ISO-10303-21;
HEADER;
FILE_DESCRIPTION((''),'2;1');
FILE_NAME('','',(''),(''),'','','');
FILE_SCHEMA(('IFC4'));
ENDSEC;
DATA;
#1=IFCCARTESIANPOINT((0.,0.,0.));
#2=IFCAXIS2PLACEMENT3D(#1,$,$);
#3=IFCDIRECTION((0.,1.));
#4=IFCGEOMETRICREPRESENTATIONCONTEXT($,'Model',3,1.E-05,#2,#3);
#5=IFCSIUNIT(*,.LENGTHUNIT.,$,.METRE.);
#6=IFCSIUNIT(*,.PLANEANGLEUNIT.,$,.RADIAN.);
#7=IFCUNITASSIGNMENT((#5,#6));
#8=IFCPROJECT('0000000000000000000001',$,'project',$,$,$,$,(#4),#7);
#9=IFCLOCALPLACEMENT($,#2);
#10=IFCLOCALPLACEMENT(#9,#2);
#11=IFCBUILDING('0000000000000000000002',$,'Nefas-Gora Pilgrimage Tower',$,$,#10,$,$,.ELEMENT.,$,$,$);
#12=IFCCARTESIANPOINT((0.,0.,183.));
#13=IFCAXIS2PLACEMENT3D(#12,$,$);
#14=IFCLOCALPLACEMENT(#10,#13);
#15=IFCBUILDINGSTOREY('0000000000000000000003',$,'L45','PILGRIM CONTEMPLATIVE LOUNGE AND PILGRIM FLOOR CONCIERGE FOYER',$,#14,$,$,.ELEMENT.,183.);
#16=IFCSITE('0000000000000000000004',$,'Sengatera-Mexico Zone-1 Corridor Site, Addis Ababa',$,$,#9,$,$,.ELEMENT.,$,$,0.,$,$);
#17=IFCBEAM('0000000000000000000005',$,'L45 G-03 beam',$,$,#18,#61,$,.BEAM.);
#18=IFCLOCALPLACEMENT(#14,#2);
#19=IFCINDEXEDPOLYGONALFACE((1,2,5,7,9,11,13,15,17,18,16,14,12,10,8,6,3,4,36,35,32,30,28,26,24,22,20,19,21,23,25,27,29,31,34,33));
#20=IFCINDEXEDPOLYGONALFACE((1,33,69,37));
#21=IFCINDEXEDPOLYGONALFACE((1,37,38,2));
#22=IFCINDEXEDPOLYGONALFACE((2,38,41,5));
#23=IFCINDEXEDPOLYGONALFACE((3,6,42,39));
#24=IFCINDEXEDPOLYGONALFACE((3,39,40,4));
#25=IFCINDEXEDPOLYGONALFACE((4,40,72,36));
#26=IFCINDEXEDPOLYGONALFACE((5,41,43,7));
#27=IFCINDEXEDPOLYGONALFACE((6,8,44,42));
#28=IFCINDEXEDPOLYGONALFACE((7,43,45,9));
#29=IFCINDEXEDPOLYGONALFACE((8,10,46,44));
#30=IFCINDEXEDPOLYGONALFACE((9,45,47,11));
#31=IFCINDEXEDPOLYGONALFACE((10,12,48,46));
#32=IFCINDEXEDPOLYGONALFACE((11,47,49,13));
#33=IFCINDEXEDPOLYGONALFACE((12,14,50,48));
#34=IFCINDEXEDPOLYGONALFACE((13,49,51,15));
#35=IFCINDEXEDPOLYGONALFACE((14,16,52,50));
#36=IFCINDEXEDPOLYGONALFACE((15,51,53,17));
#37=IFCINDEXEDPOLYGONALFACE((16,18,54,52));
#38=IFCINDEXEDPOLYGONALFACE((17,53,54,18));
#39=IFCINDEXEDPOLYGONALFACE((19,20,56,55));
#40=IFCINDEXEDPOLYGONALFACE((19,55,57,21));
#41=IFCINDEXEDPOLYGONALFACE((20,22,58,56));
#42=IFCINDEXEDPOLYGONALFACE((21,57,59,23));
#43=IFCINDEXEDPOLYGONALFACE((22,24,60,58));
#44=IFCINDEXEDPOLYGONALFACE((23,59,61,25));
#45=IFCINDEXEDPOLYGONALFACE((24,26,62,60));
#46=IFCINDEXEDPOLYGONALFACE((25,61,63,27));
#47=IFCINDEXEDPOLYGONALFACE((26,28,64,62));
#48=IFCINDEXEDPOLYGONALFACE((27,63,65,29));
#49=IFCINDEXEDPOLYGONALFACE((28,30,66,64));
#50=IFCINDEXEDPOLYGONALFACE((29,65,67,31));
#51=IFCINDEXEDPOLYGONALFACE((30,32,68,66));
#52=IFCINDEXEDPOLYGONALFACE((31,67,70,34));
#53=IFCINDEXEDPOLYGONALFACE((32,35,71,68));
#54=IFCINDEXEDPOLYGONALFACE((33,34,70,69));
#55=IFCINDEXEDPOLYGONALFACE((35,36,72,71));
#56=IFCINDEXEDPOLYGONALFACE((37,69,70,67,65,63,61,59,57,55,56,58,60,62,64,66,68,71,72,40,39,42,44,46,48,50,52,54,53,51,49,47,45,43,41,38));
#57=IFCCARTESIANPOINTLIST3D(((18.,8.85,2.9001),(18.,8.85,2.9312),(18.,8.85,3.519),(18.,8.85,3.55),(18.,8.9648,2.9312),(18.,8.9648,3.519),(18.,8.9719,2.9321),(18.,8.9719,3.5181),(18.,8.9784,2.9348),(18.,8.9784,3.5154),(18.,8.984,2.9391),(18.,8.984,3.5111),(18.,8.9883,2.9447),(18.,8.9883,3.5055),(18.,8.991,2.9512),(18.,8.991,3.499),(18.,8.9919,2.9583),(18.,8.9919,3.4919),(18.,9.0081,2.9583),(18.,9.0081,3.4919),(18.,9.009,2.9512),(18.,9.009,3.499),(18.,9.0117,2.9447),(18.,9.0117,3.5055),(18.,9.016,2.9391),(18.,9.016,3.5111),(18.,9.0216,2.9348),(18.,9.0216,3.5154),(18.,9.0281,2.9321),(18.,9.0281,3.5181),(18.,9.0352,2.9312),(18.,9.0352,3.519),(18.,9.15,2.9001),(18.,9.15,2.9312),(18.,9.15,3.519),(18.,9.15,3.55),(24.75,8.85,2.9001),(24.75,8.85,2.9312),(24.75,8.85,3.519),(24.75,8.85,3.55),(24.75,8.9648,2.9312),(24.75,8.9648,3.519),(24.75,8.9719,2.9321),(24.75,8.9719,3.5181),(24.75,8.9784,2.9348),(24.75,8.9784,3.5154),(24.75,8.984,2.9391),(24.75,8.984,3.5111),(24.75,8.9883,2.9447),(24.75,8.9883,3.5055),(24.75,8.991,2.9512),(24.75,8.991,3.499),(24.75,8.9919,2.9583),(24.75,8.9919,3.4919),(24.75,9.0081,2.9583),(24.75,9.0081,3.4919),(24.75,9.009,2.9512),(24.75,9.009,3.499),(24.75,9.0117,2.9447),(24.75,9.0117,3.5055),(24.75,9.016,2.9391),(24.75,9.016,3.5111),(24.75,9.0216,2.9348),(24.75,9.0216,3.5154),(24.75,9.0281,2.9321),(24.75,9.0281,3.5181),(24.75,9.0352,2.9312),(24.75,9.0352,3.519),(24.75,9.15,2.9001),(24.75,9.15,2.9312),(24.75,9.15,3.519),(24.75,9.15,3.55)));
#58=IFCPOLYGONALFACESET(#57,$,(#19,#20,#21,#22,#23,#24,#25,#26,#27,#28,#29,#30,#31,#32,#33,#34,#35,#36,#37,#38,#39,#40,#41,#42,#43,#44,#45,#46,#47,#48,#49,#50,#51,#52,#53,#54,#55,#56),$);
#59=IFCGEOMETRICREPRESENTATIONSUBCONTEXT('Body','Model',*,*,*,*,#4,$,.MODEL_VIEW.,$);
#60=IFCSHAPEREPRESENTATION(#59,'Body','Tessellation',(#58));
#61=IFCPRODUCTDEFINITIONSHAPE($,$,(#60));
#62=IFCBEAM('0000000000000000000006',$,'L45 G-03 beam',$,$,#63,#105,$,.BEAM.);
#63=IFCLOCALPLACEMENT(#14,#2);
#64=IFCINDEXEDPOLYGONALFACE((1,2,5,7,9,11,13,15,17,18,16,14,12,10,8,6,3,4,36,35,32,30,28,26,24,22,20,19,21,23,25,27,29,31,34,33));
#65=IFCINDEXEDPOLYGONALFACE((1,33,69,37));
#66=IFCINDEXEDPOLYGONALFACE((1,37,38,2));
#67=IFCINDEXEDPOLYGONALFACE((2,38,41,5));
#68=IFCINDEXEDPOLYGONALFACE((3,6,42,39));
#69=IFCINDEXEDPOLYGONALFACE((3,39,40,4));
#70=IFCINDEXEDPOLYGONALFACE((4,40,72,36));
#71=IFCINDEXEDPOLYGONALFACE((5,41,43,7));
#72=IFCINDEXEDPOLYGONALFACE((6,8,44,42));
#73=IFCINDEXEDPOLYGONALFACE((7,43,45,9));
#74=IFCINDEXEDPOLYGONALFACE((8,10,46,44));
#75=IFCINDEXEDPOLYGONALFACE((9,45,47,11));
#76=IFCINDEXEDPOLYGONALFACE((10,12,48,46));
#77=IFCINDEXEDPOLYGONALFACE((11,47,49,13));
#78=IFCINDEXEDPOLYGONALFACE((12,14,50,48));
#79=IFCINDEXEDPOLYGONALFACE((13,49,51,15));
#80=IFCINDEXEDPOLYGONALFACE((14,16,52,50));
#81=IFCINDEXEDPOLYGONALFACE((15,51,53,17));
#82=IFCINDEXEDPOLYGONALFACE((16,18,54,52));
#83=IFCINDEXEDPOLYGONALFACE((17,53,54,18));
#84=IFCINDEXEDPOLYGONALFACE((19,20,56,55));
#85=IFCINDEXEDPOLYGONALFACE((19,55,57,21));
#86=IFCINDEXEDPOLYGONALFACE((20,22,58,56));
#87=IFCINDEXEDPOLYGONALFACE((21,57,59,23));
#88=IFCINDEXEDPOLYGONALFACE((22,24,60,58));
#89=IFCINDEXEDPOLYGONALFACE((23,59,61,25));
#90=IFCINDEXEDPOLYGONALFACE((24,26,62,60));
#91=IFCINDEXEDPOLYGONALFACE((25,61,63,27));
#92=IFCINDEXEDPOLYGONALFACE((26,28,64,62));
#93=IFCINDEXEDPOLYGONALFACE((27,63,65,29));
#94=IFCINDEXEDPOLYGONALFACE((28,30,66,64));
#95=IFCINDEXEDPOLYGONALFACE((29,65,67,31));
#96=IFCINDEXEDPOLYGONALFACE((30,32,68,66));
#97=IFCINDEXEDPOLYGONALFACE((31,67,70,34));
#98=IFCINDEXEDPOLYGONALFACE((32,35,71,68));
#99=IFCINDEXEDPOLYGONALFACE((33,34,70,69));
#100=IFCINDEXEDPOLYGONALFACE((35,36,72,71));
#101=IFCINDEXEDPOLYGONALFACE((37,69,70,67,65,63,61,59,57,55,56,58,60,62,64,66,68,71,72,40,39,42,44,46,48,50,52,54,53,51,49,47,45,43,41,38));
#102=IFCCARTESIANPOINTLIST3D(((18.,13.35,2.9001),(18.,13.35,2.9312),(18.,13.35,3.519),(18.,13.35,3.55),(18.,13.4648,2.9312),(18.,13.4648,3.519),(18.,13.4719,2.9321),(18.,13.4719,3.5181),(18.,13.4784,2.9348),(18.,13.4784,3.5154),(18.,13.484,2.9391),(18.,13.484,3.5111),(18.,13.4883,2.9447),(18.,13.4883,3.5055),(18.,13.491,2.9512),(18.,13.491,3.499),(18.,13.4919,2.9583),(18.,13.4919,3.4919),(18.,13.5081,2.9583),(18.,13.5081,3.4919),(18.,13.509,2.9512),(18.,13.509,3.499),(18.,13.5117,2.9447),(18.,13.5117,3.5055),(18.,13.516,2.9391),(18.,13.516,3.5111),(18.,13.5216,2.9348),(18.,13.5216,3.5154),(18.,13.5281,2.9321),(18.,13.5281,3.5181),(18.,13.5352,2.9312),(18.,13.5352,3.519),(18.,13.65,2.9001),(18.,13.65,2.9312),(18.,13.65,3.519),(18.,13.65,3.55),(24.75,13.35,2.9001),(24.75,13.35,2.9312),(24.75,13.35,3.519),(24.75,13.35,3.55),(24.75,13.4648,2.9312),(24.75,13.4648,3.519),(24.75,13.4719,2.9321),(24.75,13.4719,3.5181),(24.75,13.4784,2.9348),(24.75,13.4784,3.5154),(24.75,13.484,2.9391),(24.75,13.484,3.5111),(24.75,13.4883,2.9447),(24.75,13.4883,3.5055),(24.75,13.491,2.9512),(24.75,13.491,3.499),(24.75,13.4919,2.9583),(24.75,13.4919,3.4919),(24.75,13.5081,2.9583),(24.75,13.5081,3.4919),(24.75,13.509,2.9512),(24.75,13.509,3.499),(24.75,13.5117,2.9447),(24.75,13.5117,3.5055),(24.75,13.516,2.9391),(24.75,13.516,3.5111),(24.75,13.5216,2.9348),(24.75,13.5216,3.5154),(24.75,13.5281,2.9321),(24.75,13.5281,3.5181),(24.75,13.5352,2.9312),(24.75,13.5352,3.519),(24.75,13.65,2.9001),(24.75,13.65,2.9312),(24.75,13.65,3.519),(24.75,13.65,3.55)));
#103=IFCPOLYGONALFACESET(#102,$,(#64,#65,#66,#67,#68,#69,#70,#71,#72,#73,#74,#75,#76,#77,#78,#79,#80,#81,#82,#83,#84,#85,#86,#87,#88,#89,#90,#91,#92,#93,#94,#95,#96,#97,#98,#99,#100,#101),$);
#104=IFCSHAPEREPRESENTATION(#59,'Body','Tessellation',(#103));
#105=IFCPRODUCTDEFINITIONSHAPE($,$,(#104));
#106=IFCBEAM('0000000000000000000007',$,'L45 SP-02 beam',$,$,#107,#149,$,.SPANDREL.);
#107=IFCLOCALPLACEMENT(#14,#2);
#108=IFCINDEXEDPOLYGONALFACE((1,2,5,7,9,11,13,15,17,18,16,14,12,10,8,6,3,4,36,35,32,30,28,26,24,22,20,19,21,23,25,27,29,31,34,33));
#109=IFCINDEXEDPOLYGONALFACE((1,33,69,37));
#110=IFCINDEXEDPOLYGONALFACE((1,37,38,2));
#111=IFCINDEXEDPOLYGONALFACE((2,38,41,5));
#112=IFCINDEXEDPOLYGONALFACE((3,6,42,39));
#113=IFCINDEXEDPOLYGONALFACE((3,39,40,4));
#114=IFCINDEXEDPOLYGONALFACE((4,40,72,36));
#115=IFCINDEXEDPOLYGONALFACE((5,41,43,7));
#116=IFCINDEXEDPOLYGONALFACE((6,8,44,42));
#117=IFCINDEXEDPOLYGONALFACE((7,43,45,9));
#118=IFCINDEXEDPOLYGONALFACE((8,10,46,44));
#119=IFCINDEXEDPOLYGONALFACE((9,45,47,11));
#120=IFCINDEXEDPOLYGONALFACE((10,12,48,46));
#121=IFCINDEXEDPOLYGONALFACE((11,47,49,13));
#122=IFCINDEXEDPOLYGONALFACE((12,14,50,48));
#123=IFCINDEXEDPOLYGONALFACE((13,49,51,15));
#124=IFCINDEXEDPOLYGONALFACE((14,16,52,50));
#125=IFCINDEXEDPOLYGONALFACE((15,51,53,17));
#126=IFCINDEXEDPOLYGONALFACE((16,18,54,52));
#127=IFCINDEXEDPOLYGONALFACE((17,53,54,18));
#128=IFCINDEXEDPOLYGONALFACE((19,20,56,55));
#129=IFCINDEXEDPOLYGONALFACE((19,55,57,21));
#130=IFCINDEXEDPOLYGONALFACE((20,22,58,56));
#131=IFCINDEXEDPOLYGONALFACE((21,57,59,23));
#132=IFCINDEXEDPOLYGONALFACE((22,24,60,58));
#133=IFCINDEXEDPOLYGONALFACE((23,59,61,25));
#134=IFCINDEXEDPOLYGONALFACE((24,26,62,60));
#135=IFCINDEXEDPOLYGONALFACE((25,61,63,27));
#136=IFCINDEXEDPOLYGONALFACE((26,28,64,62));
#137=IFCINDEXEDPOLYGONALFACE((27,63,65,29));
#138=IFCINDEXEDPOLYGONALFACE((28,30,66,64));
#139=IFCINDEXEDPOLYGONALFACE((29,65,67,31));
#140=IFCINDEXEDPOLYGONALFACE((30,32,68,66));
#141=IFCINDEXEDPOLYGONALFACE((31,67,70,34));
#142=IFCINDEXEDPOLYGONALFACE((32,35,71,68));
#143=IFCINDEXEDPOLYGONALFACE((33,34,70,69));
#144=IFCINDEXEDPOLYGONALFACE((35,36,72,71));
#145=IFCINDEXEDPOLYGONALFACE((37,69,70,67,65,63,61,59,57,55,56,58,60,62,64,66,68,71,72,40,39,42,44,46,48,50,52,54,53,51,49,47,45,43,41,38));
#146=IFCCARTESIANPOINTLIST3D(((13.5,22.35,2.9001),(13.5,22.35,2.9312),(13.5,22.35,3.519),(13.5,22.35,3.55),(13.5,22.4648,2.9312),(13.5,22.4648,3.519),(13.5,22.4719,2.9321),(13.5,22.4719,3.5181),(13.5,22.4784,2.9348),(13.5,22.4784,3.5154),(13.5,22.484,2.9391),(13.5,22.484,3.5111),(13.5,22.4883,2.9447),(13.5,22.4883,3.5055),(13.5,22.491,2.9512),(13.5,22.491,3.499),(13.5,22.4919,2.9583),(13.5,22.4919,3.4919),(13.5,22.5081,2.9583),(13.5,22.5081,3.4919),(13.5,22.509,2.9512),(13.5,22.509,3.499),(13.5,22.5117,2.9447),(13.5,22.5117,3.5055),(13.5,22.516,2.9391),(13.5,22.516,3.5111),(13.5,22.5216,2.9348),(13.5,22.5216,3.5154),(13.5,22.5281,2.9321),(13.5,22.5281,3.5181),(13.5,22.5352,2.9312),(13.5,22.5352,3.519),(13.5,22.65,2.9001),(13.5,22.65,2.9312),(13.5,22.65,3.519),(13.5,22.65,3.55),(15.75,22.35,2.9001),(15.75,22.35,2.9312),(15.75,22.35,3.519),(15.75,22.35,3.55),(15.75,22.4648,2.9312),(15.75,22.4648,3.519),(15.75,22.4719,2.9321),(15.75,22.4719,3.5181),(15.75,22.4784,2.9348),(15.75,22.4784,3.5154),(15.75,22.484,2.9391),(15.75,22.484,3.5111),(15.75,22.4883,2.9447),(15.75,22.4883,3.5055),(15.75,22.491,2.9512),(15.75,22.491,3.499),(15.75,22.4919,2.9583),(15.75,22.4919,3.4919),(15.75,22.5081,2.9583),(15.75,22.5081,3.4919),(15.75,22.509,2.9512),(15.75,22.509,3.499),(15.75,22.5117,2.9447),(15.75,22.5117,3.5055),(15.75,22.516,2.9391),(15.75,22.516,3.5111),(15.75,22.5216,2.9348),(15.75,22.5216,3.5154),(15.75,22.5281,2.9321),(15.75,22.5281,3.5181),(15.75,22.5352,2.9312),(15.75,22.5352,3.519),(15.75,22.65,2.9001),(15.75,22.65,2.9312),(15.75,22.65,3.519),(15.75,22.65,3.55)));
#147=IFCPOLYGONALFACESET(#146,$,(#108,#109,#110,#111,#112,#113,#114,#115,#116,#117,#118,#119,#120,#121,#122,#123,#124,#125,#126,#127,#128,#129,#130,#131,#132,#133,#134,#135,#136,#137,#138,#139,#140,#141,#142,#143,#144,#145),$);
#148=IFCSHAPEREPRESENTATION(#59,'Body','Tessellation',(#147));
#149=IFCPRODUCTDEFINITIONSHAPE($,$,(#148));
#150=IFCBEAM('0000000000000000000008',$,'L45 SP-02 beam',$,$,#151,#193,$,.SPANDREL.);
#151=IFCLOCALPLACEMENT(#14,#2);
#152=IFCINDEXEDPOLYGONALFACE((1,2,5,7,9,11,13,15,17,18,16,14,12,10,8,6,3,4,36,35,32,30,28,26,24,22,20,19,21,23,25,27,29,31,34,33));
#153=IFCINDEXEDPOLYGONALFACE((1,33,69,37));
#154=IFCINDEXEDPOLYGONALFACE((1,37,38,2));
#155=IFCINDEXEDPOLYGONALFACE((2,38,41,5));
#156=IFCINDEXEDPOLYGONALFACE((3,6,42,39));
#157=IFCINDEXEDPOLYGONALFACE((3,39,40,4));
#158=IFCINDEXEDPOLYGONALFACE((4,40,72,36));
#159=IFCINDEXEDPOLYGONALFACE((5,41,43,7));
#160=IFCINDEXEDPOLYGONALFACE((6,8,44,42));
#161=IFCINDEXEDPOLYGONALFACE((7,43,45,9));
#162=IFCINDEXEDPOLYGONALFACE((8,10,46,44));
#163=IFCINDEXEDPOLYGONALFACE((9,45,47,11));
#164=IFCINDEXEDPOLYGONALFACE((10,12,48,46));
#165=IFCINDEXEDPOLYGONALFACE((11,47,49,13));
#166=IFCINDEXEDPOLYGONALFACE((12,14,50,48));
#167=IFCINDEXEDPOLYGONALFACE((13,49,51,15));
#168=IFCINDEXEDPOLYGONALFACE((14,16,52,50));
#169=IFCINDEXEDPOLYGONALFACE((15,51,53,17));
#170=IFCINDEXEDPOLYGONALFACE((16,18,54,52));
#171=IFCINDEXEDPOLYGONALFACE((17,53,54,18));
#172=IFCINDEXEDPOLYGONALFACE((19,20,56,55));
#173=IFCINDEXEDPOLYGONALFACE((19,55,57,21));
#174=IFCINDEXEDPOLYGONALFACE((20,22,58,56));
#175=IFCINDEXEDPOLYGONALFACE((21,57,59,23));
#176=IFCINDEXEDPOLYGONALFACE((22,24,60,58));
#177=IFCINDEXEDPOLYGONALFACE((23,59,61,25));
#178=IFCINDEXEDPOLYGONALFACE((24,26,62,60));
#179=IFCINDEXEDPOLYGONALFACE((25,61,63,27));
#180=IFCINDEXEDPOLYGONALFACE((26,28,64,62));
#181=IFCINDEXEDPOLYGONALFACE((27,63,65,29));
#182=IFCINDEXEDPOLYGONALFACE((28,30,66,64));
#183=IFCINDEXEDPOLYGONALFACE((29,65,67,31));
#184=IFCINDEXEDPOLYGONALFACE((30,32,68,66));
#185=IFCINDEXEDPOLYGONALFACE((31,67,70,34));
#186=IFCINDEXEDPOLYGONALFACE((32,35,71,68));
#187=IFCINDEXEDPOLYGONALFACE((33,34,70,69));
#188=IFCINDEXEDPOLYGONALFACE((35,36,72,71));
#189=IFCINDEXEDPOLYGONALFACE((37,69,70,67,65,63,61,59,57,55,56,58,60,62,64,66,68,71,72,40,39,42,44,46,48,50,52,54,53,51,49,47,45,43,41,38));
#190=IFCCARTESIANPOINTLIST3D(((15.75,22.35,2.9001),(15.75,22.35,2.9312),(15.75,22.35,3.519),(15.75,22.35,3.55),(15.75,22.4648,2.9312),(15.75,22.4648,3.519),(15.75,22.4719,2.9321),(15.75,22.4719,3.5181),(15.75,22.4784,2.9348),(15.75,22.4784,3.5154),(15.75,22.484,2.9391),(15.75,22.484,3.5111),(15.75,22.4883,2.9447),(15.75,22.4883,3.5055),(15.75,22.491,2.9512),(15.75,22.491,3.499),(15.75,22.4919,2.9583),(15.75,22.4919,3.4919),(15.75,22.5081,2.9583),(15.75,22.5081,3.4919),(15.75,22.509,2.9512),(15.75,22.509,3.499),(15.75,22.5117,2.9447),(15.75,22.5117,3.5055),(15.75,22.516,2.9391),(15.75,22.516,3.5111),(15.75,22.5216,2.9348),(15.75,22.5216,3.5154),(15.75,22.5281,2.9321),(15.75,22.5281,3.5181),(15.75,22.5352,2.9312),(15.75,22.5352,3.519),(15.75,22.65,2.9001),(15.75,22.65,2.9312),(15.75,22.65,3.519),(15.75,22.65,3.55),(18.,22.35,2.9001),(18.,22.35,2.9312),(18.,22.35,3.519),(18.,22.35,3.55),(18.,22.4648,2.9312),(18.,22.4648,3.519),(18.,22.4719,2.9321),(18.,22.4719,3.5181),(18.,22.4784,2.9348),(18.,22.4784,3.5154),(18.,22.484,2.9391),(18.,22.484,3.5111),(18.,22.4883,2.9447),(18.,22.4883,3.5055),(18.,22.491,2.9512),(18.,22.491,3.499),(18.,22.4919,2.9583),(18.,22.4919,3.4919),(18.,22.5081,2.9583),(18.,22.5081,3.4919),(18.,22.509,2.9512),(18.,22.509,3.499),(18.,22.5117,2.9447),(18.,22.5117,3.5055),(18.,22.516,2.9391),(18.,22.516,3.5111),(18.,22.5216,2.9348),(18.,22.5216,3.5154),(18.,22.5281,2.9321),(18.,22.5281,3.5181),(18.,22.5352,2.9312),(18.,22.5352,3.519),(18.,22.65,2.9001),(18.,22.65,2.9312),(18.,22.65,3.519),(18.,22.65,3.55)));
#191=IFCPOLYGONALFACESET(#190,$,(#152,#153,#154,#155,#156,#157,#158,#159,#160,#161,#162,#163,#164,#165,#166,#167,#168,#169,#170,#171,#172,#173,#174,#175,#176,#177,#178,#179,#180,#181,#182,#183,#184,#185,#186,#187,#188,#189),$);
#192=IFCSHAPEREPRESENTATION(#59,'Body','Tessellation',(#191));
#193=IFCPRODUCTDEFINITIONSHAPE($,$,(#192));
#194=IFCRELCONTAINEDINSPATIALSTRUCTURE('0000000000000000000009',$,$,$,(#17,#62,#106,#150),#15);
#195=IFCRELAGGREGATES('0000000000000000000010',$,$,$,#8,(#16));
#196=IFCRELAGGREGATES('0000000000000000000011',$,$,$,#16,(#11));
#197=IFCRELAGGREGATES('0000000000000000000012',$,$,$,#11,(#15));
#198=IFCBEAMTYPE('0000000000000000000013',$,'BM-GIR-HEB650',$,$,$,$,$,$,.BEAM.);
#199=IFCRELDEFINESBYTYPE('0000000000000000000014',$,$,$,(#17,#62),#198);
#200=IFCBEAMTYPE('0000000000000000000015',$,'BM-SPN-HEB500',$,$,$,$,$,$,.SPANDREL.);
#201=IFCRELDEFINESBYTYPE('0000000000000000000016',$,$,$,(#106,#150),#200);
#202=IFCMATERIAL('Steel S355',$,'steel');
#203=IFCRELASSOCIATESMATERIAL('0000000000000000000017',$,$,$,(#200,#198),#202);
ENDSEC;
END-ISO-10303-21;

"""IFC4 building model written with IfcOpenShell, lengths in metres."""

from ifc_helpers import new_model, si_unit, direction, frame, origin, origin_2d, place, context, subcontext, project, spatial, i_section, extrude, source, transform, mapped, material, material_profile, profile_set, type_object, element, save


model = new_model("IFC4")

# Units and contexts
model_context = context("Model", 3, precision=1e-05, world=origin(), true_north=direction((0.0, 1.0)))
body_context = subcontext(model_context, "Body", "Model", "MODEL_VIEW")
ifc_project = project(units=[si_unit("LENGTHUNIT", "METRE"), si_unit("PLANEANGLEUNIT", "RADIAN")], contexts=[model_context])

# Site, building, storey
site_placement = place(None, origin())
site = spatial("IfcSite", under=ifc_project, at=site_placement, Name="Sengatera-Mexico Zone-1 Corridor Site, Addis Ababa", CompositionType="ELEMENT", RefElevation=0.0)
building_placement = place(site_placement, origin())
building = spatial("IfcBuilding", under=site, at=building_placement, Name="Nefas-Gora Pilgrimage Tower", CompositionType="ELEMENT")
storey_placement = place(building_placement, frame((0.0, 0.0, 183.0)))
storey = spatial("IfcBuildingStorey", under=building, at=storey_placement, Name="L45", Description="PILGRIM CONTEMPLATIVE LOUNGE AND PILGRIM FLOOR CONCIERGE FOYER", CompositionType="ELEMENT", Elevation=183.0)

# Beams
ifc_material_1 = material(Name="Steel S355", Category="steel")
ifc_material_profile_1 = material_profile(ifc_material_1, i_section(OverallWidth=0.3, OverallDepth=0.6499, WebThickness=0.0161, FlangeThickness=0.031, FilletRadius=0.0271, at=origin_2d()), Name="HEB 650")
ifc_profile_set_1 = profile_set([ifc_material_profile_1], Name="Steel S355")
beam_type_1 = type_object("IfcBeamType", Name="BM-SPN-HEB500", PredefinedType="SPANDREL", material=ifc_profile_set_1)
ifc_material_profile_2 = material_profile(ifc_material_1, i_section(OverallWidth=0.3, OverallDepth=0.6499, WebThickness=0.0161, FlangeThickness=0.031, FilletRadius=0.0271, at=origin_2d()), Name="HEB 650")
ifc_profile_set_2 = profile_set([ifc_material_profile_2], Name="Steel S355")
beam_type_2 = type_object("IfcBeamType", Name="BM-GIR-HEB650", PredefinedType="BEAM", material=ifc_profile_set_2)
shared_shape_1 = source(origin(), body_context, "Body", "SweptSolid", [
    extrude(i_section(OverallWidth=0.3, OverallDepth=0.6499, WebThickness=0.0161, FlangeThickness=0.031, FilletRadius=0.0271, at=origin_2d()), origin(), (0.0, 0.0, 1.0), 6.75),
])
for number, where, z_axis, x_axis, name in (
    (1, (18.0, 9.0, 3.2251), (1.0, 0.0, 0.0), (0.0, 1.0, 0.0), "L45 G-03 beam"),
    (2, (18.0, 13.5, 3.2251), (1.0, 0.0, 0.0), (0.0, 1.0, 0.0), "L45 G-03 beam"),
):
    element("IfcBeam", number, at=place(storey_placement, frame(where, z_axis=z_axis, x_axis=x_axis)), inside=storey, type_object=beam_type_2, Name=name, PredefinedType="BEAM", context=body_context, shape_type="MappedRepresentation", body=[
        mapped(shared_shape_1, transform((0.0, 0.0, 0.0), x_axis=(1.0, 0.0, 0.0), y_axis=(0.0, 1.0, 0.0), z_axis=(0.0, 0.0, 1.0), scale=1.0)),
    ])
shared_shape_2 = source(origin(), body_context, "Body", "SweptSolid", [
    extrude(i_section(OverallWidth=0.3, OverallDepth=0.6499, WebThickness=0.0161, FlangeThickness=0.031, FilletRadius=0.0271, at=origin_2d()), origin(), (0.0, 0.0, 1.0), 2.25),
])
for number, where, z_axis, x_axis, name in (
    (3, (13.5, 22.5, 3.2251), (1.0, 0.0, 0.0), (0.0, 1.0, 0.0), "L45 SP-02 beam"),
    (4, (15.75, 22.5, 3.2251), (1.0, 0.0, 0.0), (0.0, 1.0, 0.0), "L45 SP-02 beam"),
):
    element("IfcBeam", number, at=place(storey_placement, frame(where, z_axis=z_axis, x_axis=x_axis)), inside=storey, type_object=beam_type_1, Name=name, PredefinedType="SPANDREL", context=body_context, shape_type="MappedRepresentation", body=[
        mapped(shared_shape_2, transform((0.0, 0.0, 0.0), x_axis=(1.0, 0.0, 0.0), y_axis=(0.0, 1.0, 0.0), z_axis=(0.0, 0.0, 1.0), scale=1.0)),
    ])

save(model, "model.ifc")
